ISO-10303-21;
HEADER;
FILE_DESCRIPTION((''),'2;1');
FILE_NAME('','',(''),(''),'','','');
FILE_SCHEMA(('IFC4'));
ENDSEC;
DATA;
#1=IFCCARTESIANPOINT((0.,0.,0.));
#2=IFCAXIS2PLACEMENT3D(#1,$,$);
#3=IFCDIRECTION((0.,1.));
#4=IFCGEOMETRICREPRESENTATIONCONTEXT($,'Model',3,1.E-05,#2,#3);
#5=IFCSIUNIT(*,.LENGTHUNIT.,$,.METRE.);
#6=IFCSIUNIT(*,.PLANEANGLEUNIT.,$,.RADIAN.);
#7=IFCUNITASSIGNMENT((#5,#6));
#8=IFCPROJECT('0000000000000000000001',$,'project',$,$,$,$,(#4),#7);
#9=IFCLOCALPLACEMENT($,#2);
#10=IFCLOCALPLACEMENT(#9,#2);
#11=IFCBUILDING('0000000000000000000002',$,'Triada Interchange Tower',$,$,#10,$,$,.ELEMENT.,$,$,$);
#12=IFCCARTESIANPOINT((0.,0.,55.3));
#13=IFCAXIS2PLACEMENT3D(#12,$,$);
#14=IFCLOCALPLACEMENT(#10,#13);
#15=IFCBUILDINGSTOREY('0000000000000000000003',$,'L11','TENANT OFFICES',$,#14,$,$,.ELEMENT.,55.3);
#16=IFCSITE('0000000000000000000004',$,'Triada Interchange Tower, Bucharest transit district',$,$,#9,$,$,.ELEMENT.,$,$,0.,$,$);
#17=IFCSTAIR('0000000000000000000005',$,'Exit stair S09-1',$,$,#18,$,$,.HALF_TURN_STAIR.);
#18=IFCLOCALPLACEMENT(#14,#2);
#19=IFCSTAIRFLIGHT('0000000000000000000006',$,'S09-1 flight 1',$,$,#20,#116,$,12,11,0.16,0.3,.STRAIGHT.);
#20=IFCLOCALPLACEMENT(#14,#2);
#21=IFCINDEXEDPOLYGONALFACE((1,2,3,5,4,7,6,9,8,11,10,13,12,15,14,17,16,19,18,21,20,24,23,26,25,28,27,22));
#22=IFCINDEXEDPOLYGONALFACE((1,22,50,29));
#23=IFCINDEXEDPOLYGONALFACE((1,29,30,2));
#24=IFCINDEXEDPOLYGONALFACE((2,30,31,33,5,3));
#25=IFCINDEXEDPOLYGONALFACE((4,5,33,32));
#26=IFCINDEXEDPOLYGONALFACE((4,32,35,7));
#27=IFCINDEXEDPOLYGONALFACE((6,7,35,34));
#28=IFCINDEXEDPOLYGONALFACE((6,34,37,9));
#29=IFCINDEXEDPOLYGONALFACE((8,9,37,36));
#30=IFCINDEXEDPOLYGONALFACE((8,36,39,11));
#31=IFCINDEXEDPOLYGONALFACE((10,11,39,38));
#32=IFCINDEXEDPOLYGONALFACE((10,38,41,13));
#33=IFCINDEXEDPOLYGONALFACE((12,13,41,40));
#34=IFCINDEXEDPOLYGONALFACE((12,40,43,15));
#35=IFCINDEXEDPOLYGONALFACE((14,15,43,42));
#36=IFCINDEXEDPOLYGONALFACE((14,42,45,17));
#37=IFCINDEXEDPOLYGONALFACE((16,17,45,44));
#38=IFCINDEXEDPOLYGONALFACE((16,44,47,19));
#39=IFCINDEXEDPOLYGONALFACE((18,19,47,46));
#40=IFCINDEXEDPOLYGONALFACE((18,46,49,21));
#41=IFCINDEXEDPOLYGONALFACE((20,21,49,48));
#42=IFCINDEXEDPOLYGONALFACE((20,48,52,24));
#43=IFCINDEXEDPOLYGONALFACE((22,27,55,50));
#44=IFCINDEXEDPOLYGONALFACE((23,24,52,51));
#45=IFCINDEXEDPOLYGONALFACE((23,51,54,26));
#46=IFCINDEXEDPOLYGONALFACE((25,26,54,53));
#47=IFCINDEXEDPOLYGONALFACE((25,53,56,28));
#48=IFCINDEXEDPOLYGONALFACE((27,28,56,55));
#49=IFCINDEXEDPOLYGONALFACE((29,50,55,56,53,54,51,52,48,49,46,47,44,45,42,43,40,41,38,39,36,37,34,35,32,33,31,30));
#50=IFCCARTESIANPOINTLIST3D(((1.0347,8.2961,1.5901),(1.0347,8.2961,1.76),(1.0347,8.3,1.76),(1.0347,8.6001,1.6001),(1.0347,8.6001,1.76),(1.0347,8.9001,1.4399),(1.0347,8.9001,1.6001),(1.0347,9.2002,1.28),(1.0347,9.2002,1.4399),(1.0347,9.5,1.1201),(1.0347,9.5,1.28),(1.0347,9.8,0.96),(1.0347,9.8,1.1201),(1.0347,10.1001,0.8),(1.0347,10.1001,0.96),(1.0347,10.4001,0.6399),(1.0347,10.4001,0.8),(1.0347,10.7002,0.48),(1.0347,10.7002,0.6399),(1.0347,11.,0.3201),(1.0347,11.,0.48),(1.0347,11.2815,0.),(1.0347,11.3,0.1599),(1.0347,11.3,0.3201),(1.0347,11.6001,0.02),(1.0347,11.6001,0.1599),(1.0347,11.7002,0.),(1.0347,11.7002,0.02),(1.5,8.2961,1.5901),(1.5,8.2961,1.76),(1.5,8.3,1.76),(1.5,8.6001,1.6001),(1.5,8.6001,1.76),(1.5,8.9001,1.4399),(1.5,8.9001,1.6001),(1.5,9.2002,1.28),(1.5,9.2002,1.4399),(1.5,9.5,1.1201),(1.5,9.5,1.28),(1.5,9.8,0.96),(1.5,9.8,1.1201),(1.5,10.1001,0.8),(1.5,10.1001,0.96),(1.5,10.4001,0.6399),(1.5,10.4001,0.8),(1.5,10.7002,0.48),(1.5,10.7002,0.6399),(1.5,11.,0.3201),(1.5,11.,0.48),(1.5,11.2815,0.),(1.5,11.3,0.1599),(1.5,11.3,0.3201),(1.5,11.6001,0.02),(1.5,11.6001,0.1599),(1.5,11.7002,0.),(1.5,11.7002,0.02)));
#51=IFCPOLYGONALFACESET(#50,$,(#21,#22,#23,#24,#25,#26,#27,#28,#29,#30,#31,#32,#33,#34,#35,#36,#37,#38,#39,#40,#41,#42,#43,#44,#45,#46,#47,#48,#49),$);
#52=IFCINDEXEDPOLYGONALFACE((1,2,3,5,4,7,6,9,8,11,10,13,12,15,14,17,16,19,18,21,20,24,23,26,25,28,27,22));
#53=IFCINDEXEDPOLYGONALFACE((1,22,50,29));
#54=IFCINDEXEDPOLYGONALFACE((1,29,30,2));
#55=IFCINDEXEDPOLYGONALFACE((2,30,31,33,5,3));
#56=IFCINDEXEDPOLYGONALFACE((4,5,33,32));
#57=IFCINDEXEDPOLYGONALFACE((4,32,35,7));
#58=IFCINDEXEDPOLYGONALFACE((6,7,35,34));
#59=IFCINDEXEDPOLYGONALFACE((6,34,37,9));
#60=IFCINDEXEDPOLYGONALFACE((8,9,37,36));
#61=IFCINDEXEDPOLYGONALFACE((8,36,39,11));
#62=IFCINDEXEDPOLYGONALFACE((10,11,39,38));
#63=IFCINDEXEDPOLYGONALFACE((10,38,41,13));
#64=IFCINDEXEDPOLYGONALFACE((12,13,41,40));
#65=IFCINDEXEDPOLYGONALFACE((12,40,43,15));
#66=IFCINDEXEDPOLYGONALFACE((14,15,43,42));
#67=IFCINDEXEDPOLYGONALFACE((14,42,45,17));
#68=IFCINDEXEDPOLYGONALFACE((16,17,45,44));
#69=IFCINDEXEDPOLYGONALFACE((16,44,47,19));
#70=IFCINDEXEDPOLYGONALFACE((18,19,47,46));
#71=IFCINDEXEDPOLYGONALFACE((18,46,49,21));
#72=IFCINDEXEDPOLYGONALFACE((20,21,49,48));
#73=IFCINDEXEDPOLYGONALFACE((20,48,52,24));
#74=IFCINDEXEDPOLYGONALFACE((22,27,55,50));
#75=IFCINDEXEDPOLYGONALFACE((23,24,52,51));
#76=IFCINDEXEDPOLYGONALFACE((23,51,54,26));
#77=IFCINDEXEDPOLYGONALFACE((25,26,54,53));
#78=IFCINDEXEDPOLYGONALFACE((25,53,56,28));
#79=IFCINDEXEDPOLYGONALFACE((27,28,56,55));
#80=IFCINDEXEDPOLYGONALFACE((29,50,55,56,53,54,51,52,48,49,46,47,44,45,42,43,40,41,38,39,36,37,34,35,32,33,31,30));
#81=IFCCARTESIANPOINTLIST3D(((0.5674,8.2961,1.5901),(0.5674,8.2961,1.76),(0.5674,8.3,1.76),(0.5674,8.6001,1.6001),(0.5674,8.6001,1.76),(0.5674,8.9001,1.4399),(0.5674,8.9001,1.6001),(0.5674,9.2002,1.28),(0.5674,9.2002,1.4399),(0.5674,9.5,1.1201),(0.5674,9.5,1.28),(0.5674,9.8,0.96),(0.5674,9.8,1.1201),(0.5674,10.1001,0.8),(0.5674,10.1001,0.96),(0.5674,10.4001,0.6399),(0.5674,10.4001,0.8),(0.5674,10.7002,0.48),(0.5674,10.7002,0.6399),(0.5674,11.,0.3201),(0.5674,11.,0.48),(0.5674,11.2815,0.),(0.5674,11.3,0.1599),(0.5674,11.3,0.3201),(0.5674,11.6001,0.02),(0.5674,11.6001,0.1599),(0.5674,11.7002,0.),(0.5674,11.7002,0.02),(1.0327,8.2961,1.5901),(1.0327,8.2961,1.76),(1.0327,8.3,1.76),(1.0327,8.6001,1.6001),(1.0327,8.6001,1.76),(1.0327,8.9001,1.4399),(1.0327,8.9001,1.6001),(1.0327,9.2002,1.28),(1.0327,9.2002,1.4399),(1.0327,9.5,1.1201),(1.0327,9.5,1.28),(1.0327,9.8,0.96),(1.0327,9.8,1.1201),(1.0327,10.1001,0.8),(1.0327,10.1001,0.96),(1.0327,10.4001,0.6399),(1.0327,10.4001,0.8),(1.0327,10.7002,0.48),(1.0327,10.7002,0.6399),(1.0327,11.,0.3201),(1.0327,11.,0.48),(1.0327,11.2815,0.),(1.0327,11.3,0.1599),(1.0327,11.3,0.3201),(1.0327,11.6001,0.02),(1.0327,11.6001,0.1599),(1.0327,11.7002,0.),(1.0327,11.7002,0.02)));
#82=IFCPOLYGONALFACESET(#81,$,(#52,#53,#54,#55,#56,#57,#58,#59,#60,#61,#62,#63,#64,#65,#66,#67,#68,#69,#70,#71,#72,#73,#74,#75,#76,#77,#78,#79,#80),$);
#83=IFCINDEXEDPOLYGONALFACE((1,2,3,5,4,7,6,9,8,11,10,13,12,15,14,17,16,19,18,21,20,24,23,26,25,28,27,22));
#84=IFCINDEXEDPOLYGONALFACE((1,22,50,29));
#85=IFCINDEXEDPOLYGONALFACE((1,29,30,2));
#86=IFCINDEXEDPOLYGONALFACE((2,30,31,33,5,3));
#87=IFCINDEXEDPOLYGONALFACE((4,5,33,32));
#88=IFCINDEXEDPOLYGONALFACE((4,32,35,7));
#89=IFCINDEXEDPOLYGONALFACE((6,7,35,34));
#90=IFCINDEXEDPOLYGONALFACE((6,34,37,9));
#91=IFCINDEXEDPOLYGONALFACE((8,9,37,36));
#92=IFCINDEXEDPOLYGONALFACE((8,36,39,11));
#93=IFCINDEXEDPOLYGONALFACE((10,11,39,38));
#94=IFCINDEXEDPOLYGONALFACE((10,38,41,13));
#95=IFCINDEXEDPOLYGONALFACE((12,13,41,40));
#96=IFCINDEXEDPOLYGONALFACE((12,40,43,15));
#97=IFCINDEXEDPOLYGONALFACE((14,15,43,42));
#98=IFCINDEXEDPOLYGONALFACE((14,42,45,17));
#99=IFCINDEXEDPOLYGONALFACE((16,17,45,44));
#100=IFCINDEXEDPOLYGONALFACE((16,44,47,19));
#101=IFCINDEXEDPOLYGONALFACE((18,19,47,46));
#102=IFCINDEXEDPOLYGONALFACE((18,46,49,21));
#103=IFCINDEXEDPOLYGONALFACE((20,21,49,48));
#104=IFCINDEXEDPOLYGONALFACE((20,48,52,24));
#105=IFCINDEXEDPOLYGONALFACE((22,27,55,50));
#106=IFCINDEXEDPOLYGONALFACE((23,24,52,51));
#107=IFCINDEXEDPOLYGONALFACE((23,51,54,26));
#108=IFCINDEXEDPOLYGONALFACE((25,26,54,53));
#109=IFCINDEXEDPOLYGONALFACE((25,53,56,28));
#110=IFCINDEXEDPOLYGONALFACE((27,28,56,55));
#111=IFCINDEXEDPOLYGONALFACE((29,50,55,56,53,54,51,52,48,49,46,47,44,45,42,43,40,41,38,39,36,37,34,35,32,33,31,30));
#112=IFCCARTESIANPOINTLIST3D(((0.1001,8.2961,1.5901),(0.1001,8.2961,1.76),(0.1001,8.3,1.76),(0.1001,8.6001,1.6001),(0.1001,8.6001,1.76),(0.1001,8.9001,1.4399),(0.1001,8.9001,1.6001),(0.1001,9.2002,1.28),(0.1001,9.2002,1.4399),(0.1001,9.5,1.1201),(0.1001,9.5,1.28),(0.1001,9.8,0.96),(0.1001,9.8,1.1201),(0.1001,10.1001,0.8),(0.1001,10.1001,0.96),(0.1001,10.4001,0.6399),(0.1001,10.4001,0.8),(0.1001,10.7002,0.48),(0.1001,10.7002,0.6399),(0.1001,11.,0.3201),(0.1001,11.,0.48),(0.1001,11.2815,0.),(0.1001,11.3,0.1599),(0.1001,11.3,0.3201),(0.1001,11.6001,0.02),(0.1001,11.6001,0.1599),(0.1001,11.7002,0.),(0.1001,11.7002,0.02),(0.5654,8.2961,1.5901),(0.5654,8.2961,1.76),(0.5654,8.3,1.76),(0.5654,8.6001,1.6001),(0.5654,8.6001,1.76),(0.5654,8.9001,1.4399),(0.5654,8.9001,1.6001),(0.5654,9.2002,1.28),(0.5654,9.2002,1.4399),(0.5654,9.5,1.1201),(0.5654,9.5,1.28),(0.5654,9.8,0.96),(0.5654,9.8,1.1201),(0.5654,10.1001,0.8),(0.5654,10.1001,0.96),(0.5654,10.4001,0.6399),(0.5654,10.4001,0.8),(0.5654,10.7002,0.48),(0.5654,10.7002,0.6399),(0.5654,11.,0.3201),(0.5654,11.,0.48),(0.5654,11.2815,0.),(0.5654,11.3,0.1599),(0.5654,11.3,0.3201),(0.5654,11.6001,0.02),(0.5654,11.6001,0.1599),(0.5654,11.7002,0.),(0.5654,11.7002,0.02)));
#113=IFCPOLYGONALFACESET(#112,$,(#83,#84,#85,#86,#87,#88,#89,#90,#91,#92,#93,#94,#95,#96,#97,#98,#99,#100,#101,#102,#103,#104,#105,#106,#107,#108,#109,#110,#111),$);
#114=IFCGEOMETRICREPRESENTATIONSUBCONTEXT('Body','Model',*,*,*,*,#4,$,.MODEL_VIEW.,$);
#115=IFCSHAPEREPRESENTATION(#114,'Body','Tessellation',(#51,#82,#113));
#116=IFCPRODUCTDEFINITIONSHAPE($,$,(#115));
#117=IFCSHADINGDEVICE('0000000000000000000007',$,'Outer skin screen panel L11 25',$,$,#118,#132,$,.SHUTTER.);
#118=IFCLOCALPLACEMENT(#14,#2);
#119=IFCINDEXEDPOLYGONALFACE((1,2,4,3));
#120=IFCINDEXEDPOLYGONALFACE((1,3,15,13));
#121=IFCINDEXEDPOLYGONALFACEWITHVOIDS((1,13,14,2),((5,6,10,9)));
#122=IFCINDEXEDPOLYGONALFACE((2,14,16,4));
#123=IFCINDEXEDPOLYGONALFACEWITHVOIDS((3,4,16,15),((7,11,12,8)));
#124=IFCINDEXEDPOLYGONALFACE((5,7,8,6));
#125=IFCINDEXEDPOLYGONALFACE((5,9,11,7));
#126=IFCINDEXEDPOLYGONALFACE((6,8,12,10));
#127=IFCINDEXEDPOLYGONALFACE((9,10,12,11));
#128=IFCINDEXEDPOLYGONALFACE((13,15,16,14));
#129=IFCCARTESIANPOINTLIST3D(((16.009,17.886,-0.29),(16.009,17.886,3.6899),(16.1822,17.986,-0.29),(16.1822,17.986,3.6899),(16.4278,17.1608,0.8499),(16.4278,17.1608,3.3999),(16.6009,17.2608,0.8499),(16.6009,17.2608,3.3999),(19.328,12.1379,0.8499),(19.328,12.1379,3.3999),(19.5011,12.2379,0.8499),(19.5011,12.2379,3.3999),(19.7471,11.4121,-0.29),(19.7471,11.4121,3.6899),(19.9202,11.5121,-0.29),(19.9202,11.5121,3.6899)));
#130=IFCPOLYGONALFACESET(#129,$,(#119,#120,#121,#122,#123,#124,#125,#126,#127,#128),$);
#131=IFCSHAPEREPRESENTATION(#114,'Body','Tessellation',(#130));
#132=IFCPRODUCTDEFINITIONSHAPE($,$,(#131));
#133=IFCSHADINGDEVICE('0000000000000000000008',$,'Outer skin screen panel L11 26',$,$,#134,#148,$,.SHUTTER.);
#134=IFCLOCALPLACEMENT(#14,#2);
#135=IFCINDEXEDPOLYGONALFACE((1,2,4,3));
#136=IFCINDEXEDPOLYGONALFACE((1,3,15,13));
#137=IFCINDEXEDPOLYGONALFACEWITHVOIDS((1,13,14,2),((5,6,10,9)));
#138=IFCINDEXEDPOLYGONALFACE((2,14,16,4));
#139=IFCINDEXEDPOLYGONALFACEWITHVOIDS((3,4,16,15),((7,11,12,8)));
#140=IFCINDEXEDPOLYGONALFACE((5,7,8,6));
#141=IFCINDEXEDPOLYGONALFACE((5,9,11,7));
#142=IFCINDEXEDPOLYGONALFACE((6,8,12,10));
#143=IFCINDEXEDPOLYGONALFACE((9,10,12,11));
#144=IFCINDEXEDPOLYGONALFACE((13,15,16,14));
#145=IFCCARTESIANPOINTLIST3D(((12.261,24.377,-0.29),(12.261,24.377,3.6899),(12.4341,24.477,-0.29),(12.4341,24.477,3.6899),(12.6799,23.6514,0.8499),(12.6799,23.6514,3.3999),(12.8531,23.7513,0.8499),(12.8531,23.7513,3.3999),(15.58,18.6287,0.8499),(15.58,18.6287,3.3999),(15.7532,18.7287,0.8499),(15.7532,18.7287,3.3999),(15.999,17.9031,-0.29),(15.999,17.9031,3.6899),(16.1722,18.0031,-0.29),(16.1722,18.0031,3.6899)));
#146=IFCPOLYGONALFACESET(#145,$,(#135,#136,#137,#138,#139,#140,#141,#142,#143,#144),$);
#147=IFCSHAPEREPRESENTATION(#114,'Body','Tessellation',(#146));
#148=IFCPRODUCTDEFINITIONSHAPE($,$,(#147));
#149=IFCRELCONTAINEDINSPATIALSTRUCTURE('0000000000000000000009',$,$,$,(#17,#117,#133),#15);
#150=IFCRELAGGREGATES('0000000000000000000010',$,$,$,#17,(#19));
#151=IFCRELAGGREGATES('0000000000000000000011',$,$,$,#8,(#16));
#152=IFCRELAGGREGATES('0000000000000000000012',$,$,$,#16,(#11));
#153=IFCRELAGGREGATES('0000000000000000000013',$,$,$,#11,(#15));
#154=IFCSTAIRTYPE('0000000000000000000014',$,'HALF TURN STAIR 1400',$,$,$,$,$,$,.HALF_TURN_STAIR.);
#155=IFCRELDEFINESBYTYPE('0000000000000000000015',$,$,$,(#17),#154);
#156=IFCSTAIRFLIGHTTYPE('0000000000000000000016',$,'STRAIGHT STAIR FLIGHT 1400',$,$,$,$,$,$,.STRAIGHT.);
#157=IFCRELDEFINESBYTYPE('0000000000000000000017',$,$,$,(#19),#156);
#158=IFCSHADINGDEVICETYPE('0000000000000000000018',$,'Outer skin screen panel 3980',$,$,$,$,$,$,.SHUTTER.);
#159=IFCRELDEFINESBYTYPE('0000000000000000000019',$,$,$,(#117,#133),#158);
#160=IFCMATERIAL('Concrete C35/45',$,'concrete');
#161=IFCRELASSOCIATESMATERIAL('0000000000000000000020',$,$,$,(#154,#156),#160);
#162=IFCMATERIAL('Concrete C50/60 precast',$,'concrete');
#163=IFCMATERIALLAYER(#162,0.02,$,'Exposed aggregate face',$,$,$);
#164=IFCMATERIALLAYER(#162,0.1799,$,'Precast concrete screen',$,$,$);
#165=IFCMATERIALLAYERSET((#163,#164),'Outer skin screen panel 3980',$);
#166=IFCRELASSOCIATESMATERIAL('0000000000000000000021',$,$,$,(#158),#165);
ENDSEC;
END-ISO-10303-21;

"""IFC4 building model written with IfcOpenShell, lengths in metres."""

from ifc_helpers import new_model, si_unit, direction, frame, origin, place, context, subcontext, project, spatial, polyline, outline, extrude, material, layer, layer_set, type_object, element, aggregate, save


model = new_model("IFC4")

# Units and contexts
model_context = context("Model", 3, precision=1e-05, world=origin(), true_north=direction((0.0, 1.0)))
body_context = subcontext(model_context, "Body", "Model", "MODEL_VIEW")
ifc_project = project(units=[si_unit("LENGTHUNIT", "METRE"), si_unit("PLANEANGLEUNIT", "RADIAN")], contexts=[model_context])

# Site, building, storey
site_placement = place(None, origin())
site = spatial("IfcSite", under=ifc_project, at=site_placement, Name="Triada Interchange Tower, Bucharest transit district", CompositionType="ELEMENT", RefElevation=0.0)
building_placement = place(site_placement, origin())
building = spatial("IfcBuilding", under=site, at=building_placement, Name="Triada Interchange Tower", CompositionType="ELEMENT")
storey_placement = place(building_placement, frame((0.0, 0.0, 55.3)))
storey = spatial("IfcBuildingStorey", under=building, at=storey_placement, Name="L11", Description="TENANT OFFICES", CompositionType="ELEMENT", Elevation=55.3)

# Stair, stair flight
ifc_material_1 = material(Name="Concrete C35/45", Category="concrete")
stair_type = type_object("IfcStairType", Name="HALF TURN STAIR 1400", PredefinedType="HALF_TURN_STAIR", material=ifc_material_1)
stair_placement = place(storey_placement, origin())
stair = element("IfcStair", 1, at=stair_placement, inside=storey, type_object=stair_type, Name="Exit stair S09-1", PredefinedType="HALF_TURN_STAIR")
stair_flight_type = type_object("IfcStairFlightType", Name="STRAIGHT STAIR FLIGHT 1400", PredefinedType="STRAIGHT", material=ifc_material_1)
stair_flight_placement = place(storey_placement, frame((0.8, 11.6001, 0.0), z_axis=(0.0, 0.0, 1.0), x_axis=(0.0, -1.0, 0.0)))
stair_flight = element("IfcStairFlight", 2, at=stair_flight_placement, type_object=stair_flight_type, Name="S09-1 flight 1", NumberOfRisers=12, NumberOfTreads=11, PredefinedType="STRAIGHT", RiserHeight=0.16, TreadLength=0.3, context=body_context, shape_type="SweptSolid", body=[
    extrude(outline(polyline([(-0.1001, 0.0), (-0.1001, 0.02), (0.0, 0.02), (0.0, 0.1599), (0.3, 0.1599), (0.3, 0.3201), (0.6001, 0.3201), (0.6001, 0.48), (0.8999, 0.48), (0.8999, 0.6399), (1.2, 0.6399), (1.2, 0.8), (1.5, 0.8), (1.5, 0.96), (1.8, 0.96), (1.8, 1.1201), (2.1001, 1.1201), (2.1001, 1.28), (2.3999, 1.28), (2.3999, 1.4399), (2.7, 1.4399), (2.7, 1.6001), (3.0, 1.6001), (3.0, 1.76), (3.3, 1.76), (3.304, 1.76), (3.304, 1.9199), (3.304, 1.5901), (0.3186, 0.0), (-0.1001, 0.0)])), frame((0.0, 0.7, 0.0), z_axis=(0.0, -1.0, 0.0), x_axis=(1.0, 0.0, 0.0)), (0.0, 0.0, 1.0), 0.4653),
    extrude(outline(polyline([(-0.1001, 0.0), (-0.1001, 0.02), (0.0, 0.02), (0.0, 0.1599), (0.3, 0.1599), (0.3, 0.3201), (0.6001, 0.3201), (0.6001, 0.48), (0.8999, 0.48), (0.8999, 0.6399), (1.2, 0.6399), (1.2, 0.8), (1.5, 0.8), (1.5, 0.96), (1.8, 0.96), (1.8, 1.1201), (2.1001, 1.1201), (2.1001, 1.28), (2.3999, 1.28), (2.3999, 1.4399), (2.7, 1.4399), (2.7, 1.6001), (3.0, 1.6001), (3.0, 1.76), (3.3, 1.76), (3.304, 1.76), (3.304, 1.9199), (3.304, 1.5901), (0.3186, 0.0), (-0.1001, 0.0)])), frame((0.0, 0.2327, 0.0), z_axis=(0.0, -1.0, 0.0), x_axis=(1.0, 0.0, 0.0)), (0.0, 0.0, 1.0), 0.4653),
    extrude(outline(polyline([(-0.1001, 0.0), (-0.1001, 0.02), (0.0, 0.02), (0.0, 0.1599), (0.3, 0.1599), (0.3, 0.3201), (0.6001, 0.3201), (0.6001, 0.48), (0.8999, 0.48), (0.8999, 0.6399), (1.2, 0.6399), (1.2, 0.8), (1.5, 0.8), (1.5, 0.96), (1.8, 0.96), (1.8, 1.1201), (2.1001, 1.1201), (2.1001, 1.28), (2.3999, 1.28), (2.3999, 1.4399), (2.7, 1.4399), (2.7, 1.6001), (3.0, 1.6001), (3.0, 1.76), (3.3, 1.76), (3.304, 1.76), (3.304, 1.9199), (3.304, 1.5901), (0.3186, 0.0), (-0.1001, 0.0)])), frame((0.0, -0.2346, 0.0), z_axis=(0.0, -1.0, 0.0), x_axis=(1.0, 0.0, 0.0)), (0.0, 0.0, 1.0), 0.4653),
])

# Shading devices
ifc_material_2 = material(Name="Concrete C50/60 precast", Category="concrete")
ifc_layer_1 = layer(ifc_material_2, 0.02, Name="Exposed aggregate face")
ifc_layer_2 = layer(ifc_material_2, 0.1799, Name="Precast concrete screen")
ifc_layer_set_1 = layer_set([ifc_layer_1, ifc_layer_2], Name="Outer skin screen panel 3980")
shading_device_type = type_object("IfcShadingDeviceType", Name="Outer skin screen panel 3980", PredefinedType="SHUTTER", material=ifc_layer_set_1)
shading_device_1_placement = place(storey_placement, frame((19.7471, 11.4121, -0.29), z_axis=(0.0, 0.0, 1.0), x_axis=(-0.500034, 0.866006, 0.0)))
element("IfcShadingDevice", 3, at=shading_device_1_placement, inside=storey, type_object=shading_device_type, Name="Outer skin screen panel L11 25", PredefinedType="SHUTTER", context=body_context, shape_type="SweptSolid", body=[
    extrude(outline(polyline([(0.0, 0.0), (7.4756, 0.0), (7.4756, 3.98), (0.0, 3.98), (0.0, 0.0)]), holes=[polyline([(0.8381, 1.1399), (0.8381, 3.6899), (6.6382, 3.6899), (6.6382, 1.1399), (0.8381, 1.1399)])]), frame((0.0, 0.0, 0.0), z_axis=(0.0, -1.0, 0.0), x_axis=(1.0, 0.0, 0.0)), (0.0, 0.0, 1.0), 0.2),
])
shading_device_2_placement = place(storey_placement, frame((15.999, 17.9031, -0.29), z_axis=(0.0, 0.0, 1.0), x_axis=(-0.500034, 0.866006, 0.0)))
element("IfcShadingDevice", 4, at=shading_device_2_placement, inside=storey, type_object=shading_device_type, Name="Outer skin screen panel L11 26", PredefinedType="SHUTTER", context=body_context, shape_type="SweptSolid", body=[
    extrude(outline(polyline([(0.0, 0.0), (7.4756, 0.0), (7.4756, 3.98), (0.0, 3.98), (0.0, 0.0)]), holes=[polyline([(0.8379, 1.1399), (0.8379, 3.6899), (6.6377, 3.6899), (6.6377, 1.1399), (0.8379, 1.1399)])]), frame((0.0, 0.0, 0.0), z_axis=(0.0, -1.0, 0.0), x_axis=(1.0, 0.0, 0.0)), (0.0, 0.0, 1.0), 0.2),
])

aggregate(stair, [stair_flight])

save(model, "model.ifc")
